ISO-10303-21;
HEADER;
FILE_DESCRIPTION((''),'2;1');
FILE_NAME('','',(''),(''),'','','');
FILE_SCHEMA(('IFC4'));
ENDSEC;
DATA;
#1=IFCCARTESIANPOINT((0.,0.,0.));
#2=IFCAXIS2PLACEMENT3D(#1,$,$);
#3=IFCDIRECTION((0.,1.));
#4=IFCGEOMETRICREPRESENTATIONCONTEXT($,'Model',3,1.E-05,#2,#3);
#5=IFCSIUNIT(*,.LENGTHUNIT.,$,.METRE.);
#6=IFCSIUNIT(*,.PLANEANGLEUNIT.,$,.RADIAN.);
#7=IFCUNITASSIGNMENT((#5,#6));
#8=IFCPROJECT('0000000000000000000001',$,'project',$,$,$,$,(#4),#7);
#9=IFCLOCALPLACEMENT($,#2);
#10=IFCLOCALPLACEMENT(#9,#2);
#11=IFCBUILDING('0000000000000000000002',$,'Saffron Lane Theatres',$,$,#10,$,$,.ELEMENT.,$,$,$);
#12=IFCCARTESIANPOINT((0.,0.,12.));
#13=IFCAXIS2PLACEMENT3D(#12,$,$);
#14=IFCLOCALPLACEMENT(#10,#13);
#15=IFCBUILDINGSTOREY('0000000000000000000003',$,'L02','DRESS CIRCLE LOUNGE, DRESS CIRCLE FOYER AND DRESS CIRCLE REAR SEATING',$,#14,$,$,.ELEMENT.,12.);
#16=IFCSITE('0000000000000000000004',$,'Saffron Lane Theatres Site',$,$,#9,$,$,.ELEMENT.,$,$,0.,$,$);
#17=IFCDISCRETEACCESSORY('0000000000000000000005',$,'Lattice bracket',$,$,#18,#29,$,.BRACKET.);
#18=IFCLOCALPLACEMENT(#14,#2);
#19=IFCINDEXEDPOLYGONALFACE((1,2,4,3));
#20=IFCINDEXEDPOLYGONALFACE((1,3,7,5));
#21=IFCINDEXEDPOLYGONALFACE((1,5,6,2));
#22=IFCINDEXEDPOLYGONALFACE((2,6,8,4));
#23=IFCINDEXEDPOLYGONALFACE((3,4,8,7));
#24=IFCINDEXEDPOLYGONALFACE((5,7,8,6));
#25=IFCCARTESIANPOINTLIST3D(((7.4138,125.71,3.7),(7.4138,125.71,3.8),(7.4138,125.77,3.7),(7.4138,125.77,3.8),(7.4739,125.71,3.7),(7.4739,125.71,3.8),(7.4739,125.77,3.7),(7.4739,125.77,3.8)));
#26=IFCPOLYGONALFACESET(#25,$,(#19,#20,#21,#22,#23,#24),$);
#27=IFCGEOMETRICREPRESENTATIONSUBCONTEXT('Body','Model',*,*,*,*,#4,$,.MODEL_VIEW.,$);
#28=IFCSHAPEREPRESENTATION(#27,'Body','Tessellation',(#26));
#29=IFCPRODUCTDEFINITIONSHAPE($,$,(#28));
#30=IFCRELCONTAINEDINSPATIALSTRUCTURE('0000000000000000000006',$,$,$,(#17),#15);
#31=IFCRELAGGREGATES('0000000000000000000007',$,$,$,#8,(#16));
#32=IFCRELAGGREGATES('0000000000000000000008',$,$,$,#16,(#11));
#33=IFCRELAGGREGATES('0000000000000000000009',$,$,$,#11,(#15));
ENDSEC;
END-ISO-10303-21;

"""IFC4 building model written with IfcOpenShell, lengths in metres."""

from ifc_helpers import new_model, si_unit, direction, frame, origin, origin_2d, place, context, subcontext, project, spatial, rectangle, extrude, element, save


model = new_model("IFC4")

# Units and contexts
model_context = context("Model", 3, precision=1e-05, world=origin(), true_north=direction((0.0, 1.0)))
body_context = subcontext(model_context, "Body", "Model", "MODEL_VIEW")
ifc_project = project(units=[si_unit("LENGTHUNIT", "METRE"), si_unit("PLANEANGLEUNIT", "RADIAN")], contexts=[model_context])

# Site, building, storey
site_placement = place(None, origin())
site = spatial("IfcSite", under=ifc_project, at=site_placement, Name="Saffron Lane Theatres Site", CompositionType="ELEMENT", RefElevation=0.0)
building_placement = place(site_placement, origin())
building = spatial("IfcBuilding", under=site, at=building_placement, Name="Saffron Lane Theatres", CompositionType="ELEMENT")
storey_placement = place(building_placement, frame((0.0, 0.0, 12.0)))
storey = spatial("IfcBuildingStorey", under=building, at=storey_placement, Name="L02", Description="DRESS CIRCLE LOUNGE, DRESS CIRCLE FOYER AND DRESS CIRCLE REAR SEATING", CompositionType="ELEMENT", Elevation=12.0)

# Discrete accessory
for number, where, z_axis, x_axis, name in (
    (1, (7.4438, 125.74, 3.7), (0.0, 0.0, 1.0), (1.0, 0.0, 0.0), "Lattice bracket"),
):
    element("IfcDiscreteAccessory", number, at=place(storey_placement, frame(where, z_axis=z_axis, x_axis=x_axis)), inside=storey, Name=name, PredefinedType="BRACKET", context=body_context, shape_type="SweptSolid", body=[
        extrude(rectangle(XDim=0.0601, YDim=0.0601, at=origin_2d()), origin(), (0.0, 0.0, 1.0), 0.1001),
    ])

save(model, "model.ifc")
